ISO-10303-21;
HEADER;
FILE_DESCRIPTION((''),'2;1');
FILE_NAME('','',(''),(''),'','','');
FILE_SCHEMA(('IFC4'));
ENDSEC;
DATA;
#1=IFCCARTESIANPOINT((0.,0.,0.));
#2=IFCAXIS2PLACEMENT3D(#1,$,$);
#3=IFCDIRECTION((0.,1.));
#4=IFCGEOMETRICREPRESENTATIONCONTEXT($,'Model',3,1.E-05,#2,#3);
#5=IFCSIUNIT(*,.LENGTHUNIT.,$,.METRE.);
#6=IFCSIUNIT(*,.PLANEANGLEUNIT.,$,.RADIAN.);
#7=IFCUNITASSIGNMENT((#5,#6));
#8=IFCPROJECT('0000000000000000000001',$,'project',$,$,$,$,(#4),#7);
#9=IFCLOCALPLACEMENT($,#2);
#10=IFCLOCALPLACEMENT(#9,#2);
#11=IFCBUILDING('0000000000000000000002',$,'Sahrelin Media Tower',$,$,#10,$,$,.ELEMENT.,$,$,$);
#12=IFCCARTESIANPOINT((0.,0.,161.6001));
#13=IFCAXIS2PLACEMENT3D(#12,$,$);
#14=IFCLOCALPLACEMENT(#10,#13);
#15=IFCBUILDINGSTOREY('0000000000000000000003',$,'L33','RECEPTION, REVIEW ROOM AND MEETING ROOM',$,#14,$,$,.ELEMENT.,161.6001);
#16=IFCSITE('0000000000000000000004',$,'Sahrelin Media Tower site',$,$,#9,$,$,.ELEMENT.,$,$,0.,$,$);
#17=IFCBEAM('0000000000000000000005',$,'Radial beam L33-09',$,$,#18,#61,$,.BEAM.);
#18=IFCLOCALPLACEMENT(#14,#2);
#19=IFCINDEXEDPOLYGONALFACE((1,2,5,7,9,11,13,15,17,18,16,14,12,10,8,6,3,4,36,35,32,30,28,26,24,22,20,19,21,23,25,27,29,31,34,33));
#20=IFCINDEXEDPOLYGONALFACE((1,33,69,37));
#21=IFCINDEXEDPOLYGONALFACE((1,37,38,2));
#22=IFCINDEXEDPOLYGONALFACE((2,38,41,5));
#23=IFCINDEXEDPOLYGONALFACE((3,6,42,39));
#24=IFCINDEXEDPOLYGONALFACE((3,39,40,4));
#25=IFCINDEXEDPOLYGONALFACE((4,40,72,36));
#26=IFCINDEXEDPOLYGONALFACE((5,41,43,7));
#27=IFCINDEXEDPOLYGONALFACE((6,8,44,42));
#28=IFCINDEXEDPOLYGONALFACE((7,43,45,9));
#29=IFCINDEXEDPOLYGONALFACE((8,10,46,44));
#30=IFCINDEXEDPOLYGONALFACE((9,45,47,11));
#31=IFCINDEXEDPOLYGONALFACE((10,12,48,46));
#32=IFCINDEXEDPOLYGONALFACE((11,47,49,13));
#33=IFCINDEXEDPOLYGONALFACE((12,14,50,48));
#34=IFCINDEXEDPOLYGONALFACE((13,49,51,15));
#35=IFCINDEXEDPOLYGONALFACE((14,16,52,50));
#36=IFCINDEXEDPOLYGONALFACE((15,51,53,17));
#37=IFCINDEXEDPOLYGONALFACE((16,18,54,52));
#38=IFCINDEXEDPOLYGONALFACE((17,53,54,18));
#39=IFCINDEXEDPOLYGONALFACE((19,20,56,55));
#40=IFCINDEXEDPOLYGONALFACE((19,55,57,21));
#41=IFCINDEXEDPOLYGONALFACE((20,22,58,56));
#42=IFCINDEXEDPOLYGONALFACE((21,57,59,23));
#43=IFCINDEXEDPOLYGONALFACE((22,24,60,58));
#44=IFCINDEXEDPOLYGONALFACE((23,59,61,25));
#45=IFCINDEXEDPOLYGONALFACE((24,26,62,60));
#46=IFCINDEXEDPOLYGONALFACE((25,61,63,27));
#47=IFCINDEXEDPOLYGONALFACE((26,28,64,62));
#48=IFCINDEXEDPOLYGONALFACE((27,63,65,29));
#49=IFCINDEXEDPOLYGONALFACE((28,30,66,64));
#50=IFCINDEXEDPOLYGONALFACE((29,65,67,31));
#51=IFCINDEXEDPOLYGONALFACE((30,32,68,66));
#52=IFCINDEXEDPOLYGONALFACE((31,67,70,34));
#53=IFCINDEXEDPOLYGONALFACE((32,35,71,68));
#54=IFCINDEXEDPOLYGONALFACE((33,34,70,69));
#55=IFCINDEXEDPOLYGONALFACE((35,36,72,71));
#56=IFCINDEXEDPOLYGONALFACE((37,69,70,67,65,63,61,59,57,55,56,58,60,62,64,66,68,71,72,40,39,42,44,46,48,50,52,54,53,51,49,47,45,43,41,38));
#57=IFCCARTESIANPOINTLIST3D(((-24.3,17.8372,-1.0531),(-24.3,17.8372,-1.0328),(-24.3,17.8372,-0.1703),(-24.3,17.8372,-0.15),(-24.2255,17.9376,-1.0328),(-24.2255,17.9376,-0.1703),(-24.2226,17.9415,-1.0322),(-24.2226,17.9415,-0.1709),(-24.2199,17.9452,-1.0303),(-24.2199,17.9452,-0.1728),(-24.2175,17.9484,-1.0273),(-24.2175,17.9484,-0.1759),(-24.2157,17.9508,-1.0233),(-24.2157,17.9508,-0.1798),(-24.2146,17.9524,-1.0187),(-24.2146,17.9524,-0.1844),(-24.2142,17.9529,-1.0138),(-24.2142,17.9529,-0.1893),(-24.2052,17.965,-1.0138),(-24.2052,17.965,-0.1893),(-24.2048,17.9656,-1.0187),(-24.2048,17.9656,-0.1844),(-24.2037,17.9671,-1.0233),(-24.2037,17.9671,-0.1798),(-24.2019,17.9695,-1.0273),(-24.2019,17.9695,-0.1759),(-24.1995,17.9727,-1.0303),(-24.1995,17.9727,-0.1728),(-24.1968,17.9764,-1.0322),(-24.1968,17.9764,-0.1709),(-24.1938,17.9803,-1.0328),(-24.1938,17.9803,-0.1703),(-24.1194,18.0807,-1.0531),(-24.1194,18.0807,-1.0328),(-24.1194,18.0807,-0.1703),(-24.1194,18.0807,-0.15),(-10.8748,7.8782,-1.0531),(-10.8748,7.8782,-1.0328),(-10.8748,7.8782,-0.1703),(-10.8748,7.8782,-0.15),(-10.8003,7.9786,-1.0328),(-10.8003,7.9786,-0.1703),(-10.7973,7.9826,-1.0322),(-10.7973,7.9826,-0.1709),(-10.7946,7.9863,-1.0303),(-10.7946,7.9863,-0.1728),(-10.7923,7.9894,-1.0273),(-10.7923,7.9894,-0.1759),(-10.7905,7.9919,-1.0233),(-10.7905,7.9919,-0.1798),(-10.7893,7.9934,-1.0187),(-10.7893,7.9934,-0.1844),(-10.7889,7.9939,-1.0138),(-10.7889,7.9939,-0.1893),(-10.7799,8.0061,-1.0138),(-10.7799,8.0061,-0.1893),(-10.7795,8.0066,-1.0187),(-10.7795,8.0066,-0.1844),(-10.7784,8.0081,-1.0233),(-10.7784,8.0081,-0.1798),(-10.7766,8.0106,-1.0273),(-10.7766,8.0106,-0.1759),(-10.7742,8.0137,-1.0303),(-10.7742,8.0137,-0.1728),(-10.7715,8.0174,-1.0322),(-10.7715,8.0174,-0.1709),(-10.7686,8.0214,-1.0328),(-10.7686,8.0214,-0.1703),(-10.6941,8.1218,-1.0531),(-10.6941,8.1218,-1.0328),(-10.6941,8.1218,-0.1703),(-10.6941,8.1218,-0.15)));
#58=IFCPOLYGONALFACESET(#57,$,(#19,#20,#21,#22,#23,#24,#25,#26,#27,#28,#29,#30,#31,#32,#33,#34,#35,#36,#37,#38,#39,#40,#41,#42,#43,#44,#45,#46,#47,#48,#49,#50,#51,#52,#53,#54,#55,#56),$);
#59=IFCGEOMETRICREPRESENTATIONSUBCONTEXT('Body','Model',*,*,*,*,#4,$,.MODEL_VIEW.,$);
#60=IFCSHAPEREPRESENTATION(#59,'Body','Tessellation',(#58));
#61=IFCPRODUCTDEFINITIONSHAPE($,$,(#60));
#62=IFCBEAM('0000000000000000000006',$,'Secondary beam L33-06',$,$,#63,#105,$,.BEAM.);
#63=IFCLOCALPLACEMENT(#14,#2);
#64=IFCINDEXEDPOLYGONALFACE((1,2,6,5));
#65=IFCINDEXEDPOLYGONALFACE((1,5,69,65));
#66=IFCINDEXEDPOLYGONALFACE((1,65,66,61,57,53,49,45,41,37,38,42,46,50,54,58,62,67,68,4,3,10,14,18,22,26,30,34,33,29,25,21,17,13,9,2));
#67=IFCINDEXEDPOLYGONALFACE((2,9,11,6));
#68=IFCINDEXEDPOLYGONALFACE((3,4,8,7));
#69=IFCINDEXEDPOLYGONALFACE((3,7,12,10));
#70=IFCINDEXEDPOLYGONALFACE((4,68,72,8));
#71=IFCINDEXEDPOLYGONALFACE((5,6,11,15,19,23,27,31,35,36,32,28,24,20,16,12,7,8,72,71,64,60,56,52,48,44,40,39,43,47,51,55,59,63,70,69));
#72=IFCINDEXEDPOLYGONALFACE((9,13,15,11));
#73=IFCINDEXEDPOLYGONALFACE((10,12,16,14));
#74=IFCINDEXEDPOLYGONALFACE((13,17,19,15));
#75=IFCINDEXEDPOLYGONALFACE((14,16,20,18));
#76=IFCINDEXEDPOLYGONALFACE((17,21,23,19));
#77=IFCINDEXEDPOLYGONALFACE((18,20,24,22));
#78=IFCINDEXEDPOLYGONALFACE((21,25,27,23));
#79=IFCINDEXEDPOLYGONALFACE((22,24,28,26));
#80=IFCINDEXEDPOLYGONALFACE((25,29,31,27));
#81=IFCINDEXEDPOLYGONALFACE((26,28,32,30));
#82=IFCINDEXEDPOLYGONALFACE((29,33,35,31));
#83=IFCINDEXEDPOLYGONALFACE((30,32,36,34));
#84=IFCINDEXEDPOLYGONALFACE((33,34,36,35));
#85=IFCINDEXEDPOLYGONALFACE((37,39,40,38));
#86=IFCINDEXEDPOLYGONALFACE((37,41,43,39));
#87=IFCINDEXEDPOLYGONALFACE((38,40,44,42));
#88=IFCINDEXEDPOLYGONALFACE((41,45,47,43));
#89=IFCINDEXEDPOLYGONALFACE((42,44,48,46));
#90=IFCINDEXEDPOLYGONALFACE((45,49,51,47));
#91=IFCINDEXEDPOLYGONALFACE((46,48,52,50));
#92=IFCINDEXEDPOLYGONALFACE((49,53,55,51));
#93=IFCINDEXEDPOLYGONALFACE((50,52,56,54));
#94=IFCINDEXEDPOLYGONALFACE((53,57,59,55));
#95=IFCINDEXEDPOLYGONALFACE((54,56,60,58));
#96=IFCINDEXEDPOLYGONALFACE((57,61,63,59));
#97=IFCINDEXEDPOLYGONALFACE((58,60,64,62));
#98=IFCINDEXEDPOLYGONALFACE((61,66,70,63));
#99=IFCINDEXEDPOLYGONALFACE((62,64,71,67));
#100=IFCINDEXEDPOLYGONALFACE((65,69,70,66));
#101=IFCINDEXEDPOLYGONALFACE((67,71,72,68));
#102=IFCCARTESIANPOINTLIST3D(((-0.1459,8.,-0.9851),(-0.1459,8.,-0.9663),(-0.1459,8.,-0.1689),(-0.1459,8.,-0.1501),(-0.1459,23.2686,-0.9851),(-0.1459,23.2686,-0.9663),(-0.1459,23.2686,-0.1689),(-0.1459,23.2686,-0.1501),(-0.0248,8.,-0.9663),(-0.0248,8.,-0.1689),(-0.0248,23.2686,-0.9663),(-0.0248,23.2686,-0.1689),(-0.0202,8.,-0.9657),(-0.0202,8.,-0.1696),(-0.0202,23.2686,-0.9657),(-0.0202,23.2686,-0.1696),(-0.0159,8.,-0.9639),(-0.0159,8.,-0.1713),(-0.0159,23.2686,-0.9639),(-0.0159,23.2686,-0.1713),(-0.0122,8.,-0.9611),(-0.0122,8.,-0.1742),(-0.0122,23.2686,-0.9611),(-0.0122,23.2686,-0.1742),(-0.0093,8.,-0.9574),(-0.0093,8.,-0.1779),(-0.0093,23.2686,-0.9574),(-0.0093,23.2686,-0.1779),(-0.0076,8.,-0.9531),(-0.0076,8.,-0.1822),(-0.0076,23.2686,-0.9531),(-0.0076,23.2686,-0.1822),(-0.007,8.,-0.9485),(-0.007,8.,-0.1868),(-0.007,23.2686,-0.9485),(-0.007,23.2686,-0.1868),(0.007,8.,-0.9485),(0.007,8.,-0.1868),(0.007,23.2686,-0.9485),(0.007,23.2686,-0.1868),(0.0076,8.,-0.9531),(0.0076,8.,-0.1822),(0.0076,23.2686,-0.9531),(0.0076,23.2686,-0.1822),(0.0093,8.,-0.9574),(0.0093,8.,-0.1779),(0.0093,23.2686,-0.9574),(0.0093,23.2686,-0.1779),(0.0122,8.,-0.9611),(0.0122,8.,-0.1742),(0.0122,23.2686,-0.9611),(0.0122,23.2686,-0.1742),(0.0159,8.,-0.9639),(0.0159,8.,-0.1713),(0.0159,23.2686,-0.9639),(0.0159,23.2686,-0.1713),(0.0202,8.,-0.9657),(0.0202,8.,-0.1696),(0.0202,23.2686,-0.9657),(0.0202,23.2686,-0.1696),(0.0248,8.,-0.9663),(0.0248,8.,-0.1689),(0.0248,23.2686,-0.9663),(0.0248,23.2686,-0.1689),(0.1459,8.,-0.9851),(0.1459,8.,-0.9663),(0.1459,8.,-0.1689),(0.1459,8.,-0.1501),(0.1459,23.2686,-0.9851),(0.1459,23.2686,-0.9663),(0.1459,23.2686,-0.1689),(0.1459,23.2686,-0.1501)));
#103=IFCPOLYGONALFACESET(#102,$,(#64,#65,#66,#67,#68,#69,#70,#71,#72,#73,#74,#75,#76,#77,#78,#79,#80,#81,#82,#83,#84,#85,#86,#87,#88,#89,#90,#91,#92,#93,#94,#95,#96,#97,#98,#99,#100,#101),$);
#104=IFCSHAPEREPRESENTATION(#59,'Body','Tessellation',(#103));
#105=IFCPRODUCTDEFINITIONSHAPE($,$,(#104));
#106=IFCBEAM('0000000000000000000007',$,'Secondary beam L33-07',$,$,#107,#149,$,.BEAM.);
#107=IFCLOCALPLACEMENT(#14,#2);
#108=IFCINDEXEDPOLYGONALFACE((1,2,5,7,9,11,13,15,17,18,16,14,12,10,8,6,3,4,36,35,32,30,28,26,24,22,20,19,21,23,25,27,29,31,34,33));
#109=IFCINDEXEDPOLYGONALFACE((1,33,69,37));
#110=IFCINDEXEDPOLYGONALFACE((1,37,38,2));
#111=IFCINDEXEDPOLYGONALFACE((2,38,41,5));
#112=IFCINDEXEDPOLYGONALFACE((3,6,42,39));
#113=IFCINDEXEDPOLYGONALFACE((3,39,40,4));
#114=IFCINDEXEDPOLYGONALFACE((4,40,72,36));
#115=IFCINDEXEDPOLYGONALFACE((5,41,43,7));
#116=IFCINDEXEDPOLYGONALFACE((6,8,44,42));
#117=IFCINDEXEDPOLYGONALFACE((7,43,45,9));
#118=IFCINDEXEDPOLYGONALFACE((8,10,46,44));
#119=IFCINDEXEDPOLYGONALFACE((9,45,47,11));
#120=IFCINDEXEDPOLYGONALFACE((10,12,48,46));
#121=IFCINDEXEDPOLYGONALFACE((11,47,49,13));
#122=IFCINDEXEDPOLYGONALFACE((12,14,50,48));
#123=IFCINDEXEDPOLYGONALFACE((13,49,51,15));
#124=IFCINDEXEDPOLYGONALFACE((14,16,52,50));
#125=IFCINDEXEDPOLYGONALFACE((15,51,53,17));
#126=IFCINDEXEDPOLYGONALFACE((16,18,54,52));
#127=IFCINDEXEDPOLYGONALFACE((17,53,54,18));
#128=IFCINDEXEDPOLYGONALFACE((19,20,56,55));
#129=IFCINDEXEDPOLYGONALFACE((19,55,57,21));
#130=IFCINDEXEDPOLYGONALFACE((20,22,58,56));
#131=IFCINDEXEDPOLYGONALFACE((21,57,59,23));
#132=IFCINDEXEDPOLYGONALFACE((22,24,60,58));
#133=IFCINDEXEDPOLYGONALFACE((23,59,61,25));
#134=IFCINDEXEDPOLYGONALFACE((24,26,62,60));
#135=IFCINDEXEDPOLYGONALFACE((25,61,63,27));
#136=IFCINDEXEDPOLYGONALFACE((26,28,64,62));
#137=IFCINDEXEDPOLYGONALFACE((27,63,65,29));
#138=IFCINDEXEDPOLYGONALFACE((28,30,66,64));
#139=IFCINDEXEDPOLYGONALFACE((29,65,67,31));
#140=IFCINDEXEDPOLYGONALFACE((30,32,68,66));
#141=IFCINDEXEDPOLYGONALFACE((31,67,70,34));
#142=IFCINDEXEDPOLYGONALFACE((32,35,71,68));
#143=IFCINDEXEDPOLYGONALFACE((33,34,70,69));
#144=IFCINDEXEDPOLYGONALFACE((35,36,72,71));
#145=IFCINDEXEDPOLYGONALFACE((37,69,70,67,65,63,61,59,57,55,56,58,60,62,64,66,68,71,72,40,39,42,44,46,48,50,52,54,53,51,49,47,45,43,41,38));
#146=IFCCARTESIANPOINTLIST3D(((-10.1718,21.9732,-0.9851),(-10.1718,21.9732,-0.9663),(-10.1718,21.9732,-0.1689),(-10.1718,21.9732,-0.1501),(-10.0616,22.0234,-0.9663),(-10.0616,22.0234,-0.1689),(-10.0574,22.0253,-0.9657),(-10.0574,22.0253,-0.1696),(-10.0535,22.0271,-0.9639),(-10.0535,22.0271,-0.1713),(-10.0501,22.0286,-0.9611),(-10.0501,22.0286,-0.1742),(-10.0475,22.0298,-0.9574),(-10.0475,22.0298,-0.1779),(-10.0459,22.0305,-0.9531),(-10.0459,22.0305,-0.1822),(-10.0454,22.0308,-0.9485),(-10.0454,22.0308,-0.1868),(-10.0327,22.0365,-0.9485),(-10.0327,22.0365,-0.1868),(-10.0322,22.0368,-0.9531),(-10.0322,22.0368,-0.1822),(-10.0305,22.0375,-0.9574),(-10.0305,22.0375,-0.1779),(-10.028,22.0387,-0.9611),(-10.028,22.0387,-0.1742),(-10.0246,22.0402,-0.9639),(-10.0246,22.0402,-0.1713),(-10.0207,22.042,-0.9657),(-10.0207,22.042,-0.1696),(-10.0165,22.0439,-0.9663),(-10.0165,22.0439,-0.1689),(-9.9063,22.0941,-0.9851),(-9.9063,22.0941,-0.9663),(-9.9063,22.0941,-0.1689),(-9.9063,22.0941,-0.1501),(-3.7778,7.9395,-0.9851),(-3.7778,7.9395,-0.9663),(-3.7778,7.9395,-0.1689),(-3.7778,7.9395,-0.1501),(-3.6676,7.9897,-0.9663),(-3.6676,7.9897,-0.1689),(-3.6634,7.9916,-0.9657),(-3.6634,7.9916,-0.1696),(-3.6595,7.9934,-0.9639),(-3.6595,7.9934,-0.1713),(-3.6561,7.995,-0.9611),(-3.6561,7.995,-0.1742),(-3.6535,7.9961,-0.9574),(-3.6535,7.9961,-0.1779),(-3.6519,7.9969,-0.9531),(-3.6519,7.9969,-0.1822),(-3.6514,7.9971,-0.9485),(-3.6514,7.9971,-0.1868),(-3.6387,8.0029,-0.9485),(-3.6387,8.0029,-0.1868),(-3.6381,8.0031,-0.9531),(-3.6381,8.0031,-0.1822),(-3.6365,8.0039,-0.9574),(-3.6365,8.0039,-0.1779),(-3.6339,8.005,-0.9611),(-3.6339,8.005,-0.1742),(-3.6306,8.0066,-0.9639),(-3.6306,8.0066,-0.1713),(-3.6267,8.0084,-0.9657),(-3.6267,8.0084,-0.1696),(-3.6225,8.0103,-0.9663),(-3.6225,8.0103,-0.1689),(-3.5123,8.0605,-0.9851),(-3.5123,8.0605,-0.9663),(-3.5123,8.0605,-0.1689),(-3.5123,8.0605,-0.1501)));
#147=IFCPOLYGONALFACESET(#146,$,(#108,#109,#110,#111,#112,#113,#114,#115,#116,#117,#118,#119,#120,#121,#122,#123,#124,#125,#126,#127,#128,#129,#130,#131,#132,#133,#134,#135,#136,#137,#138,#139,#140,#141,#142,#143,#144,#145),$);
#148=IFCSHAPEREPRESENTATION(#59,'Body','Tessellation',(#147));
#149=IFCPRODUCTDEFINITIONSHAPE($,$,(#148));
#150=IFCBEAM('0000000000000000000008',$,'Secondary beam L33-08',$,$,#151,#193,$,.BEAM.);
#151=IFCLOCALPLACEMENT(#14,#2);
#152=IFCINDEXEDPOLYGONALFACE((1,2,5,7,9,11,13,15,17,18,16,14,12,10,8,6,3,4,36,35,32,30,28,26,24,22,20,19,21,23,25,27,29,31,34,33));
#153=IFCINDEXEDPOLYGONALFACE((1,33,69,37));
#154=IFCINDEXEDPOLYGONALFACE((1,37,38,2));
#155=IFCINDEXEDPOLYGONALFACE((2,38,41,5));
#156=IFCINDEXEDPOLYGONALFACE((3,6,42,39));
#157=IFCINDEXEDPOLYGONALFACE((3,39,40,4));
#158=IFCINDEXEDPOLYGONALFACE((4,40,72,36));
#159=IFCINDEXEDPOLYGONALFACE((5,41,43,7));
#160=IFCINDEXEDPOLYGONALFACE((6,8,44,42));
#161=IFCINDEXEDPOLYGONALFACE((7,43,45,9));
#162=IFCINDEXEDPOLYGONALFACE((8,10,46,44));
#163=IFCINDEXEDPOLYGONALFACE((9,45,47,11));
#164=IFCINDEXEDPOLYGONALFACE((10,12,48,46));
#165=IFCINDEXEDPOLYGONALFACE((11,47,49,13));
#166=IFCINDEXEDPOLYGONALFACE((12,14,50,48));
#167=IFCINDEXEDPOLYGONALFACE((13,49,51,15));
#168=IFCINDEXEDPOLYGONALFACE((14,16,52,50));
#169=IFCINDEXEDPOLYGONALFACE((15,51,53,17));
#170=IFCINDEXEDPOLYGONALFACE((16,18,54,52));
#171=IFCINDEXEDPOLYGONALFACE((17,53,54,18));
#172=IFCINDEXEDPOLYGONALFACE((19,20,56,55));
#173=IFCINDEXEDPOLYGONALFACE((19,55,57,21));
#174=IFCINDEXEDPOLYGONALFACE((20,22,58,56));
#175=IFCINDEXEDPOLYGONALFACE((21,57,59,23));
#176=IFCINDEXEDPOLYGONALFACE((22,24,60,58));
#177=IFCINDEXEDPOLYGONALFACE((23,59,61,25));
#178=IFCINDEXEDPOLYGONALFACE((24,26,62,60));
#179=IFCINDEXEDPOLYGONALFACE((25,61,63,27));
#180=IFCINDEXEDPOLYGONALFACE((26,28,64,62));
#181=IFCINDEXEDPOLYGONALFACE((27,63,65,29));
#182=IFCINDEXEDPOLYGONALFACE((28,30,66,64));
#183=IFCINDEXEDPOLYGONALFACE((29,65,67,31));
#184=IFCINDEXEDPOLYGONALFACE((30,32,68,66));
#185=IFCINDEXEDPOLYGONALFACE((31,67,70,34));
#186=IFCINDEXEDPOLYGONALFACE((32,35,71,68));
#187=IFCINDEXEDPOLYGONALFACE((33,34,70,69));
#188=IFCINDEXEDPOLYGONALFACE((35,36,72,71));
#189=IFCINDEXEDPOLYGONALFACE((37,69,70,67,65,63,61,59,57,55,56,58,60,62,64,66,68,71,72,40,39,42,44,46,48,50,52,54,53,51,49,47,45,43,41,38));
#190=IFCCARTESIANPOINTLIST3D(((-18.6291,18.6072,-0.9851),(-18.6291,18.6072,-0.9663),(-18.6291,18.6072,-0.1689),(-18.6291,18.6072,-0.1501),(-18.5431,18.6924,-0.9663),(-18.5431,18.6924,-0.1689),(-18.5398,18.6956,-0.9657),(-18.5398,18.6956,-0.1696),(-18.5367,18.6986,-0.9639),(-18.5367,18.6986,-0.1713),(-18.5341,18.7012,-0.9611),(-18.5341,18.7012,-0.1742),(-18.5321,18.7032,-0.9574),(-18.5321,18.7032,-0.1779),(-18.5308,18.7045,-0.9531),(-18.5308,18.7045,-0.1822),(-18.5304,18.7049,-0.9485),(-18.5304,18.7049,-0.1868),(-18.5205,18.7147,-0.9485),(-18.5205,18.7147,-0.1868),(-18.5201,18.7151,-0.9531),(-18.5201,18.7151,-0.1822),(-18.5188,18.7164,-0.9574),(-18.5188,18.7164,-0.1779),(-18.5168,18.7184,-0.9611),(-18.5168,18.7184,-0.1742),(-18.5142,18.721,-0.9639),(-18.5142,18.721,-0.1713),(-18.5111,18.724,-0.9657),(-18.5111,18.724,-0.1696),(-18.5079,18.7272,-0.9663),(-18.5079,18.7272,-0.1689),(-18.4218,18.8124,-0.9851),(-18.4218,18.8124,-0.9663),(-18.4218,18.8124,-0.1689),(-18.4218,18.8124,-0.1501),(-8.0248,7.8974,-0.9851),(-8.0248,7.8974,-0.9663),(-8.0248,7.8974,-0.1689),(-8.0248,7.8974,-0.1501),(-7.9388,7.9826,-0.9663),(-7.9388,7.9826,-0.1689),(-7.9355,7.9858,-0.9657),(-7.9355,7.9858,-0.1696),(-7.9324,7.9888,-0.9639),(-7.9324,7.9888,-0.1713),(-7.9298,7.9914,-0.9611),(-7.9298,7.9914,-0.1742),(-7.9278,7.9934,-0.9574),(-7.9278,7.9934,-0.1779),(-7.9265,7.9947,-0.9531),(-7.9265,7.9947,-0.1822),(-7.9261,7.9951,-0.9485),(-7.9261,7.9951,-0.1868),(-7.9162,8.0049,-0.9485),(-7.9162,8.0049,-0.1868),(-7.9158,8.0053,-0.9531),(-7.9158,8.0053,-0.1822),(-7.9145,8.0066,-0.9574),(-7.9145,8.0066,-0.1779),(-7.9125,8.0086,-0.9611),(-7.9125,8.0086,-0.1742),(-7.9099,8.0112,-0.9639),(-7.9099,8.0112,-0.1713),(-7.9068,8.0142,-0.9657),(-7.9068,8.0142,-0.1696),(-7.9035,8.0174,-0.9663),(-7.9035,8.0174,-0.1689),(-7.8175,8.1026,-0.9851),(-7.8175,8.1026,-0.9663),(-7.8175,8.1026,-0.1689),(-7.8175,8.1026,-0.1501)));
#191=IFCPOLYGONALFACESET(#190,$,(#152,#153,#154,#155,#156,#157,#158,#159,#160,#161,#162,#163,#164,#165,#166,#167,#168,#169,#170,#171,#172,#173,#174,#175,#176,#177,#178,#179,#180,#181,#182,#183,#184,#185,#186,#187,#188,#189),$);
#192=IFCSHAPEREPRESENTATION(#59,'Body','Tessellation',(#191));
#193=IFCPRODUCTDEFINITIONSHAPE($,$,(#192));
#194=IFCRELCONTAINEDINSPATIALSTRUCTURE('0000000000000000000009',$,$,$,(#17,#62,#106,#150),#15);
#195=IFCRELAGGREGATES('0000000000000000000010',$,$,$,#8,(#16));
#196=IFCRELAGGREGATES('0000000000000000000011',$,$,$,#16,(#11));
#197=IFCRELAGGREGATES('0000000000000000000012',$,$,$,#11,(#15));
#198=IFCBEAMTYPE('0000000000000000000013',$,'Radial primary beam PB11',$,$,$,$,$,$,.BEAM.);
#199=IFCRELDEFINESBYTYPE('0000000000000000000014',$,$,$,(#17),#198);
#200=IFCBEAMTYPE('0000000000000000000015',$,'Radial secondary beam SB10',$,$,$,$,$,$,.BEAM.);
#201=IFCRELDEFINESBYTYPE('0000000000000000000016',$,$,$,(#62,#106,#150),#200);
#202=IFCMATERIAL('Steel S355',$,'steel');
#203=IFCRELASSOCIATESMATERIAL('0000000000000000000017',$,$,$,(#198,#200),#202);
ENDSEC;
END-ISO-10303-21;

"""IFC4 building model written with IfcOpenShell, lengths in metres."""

from ifc_helpers import new_model, si_unit, direction, frame, origin, origin_2d, place, context, subcontext, project, spatial, i_section, extrude, material, material_profile, profile_set, type_object, element, save


model = new_model("IFC4")

# Units and contexts
model_context = context("Model", 3, precision=1e-05, world=origin(), true_north=direction((0.0, 1.0)))
body_context = subcontext(model_context, "Body", "Model", "MODEL_VIEW")
ifc_project = project(units=[si_unit("LENGTHUNIT", "METRE"), si_unit("PLANEANGLEUNIT", "RADIAN")], contexts=[model_context])

# Site, building, storey
site_placement = place(None, origin())
site = spatial("IfcSite", under=ifc_project, at=site_placement, Name="Sahrelin Media Tower site", CompositionType="ELEMENT", RefElevation=0.0)
building_placement = place(site_placement, origin())
building = spatial("IfcBuilding", under=site, at=building_placement, Name="Sahrelin Media Tower", CompositionType="ELEMENT")
storey_placement = place(building_placement, frame((0.0, 0.0, 161.6001)))
storey = spatial("IfcBuildingStorey", under=building, at=storey_placement, Name="L33", Description="RECEPTION, REVIEW ROOM AND MEETING ROOM", CompositionType="ELEMENT", Elevation=161.6001)

# Shared definitions
ifc_material_1 = material(Name="Steel S355", Category="steel")

# Beams
ifc_material_profile_1 = material_profile(ifc_material_1, i_section(OverallWidth=0.3032, OverallDepth=0.9031, WebThickness=0.0151, FlangeThickness=0.0203, FilletRadius=0.019, at=origin_2d()), Name="UB 914x305x201")
ifc_profile_set_1 = profile_set([ifc_material_profile_1], Name="Steel S355")
beam_type_1 = type_object("IfcBeamType", Name="Radial primary beam PB11", PredefinedType="BEAM", material=ifc_profile_set_1)
beam_1_placement = place(storey_placement, frame((-10.7844, 8.0, -0.6016), z_axis=(-0.803147, 0.595781, 0.0), x_axis=(-0.595781, -0.803147, 0.0)))
element("IfcBeam", 1, at=beam_1_placement, inside=storey, type_object=beam_type_1, Name="Radial beam L33-09", PredefinedType="BEAM", context=body_context, shape_type="SweptSolid", body=[
    extrude(i_section(OverallWidth=0.3032, OverallDepth=0.9031, WebThickness=0.0151, FlangeThickness=0.0203, FilletRadius=0.019, at=origin_2d()), origin(), (0.0, 0.0, 1.0), 16.7158),
])
ifc_material_profile_2 = material_profile(ifc_material_1, i_section(OverallWidth=0.2917, OverallDepth=0.835, WebThickness=0.0139, FlangeThickness=0.0188, FilletRadius=0.0178, at=origin_2d()), Name="UB 838x292x176")
ifc_profile_set_2 = profile_set([ifc_material_profile_2], Name="Steel S355")
beam_type_2 = type_object("IfcBeamType", Name="Radial secondary beam SB10", PredefinedType="BEAM", material=ifc_profile_set_2)
beam_2_placement = place(storey_placement, frame((0.0, 8.0, -0.5676), z_axis=(0.0, 1.0, 0.0), x_axis=(-1.0, 0.0, 0.0)))
element("IfcBeam", 2, at=beam_2_placement, inside=storey, type_object=beam_type_2, Name="Secondary beam L33-06", PredefinedType="BEAM", context=body_context, shape_type="SweptSolid", body=[
    extrude(i_section(OverallWidth=0.2917, OverallDepth=0.835, WebThickness=0.0139, FlangeThickness=0.0188, FilletRadius=0.0178, at=origin_2d()), origin(), (0.0, 0.0, 1.0), 15.2686),
])
beam_3_placement = place(storey_placement, frame((-3.645, 8.0, -0.5676), z_axis=(-0.414614, 0.909997, 0.0), x_axis=(-0.909997, -0.414614, 0.0)))
element("IfcBeam", 3, at=beam_3_placement, inside=storey, type_object=beam_type_2, Name="Secondary beam L33-07", PredefinedType="BEAM", context=body_context, shape_type="SweptSolid", body=[
    extrude(i_section(OverallWidth=0.2917, OverallDepth=0.835, WebThickness=0.0139, FlangeThickness=0.0188, FilletRadius=0.0178, at=origin_2d()), origin(), (0.0, 0.0, 1.0), 15.4216),
])
beam_4_placement = place(storey_placement, frame((-7.9211, 8.0, -0.5676), z_axis=(-0.703599, 0.710597, 0.0), x_axis=(-0.710597, -0.703599, 0.0)))
element("IfcBeam", 4, at=beam_4_placement, inside=storey, type_object=beam_type_2, Name="Secondary beam L33-08", PredefinedType="BEAM", context=body_context, shape_type="SweptSolid", body=[
    extrude(i_section(OverallWidth=0.2917, OverallDepth=0.835, WebThickness=0.0139, FlangeThickness=0.0188, FilletRadius=0.0178, at=origin_2d()), origin(), (0.0, 0.0, 1.0), 15.0715),
])

save(model, "model.ifc")
